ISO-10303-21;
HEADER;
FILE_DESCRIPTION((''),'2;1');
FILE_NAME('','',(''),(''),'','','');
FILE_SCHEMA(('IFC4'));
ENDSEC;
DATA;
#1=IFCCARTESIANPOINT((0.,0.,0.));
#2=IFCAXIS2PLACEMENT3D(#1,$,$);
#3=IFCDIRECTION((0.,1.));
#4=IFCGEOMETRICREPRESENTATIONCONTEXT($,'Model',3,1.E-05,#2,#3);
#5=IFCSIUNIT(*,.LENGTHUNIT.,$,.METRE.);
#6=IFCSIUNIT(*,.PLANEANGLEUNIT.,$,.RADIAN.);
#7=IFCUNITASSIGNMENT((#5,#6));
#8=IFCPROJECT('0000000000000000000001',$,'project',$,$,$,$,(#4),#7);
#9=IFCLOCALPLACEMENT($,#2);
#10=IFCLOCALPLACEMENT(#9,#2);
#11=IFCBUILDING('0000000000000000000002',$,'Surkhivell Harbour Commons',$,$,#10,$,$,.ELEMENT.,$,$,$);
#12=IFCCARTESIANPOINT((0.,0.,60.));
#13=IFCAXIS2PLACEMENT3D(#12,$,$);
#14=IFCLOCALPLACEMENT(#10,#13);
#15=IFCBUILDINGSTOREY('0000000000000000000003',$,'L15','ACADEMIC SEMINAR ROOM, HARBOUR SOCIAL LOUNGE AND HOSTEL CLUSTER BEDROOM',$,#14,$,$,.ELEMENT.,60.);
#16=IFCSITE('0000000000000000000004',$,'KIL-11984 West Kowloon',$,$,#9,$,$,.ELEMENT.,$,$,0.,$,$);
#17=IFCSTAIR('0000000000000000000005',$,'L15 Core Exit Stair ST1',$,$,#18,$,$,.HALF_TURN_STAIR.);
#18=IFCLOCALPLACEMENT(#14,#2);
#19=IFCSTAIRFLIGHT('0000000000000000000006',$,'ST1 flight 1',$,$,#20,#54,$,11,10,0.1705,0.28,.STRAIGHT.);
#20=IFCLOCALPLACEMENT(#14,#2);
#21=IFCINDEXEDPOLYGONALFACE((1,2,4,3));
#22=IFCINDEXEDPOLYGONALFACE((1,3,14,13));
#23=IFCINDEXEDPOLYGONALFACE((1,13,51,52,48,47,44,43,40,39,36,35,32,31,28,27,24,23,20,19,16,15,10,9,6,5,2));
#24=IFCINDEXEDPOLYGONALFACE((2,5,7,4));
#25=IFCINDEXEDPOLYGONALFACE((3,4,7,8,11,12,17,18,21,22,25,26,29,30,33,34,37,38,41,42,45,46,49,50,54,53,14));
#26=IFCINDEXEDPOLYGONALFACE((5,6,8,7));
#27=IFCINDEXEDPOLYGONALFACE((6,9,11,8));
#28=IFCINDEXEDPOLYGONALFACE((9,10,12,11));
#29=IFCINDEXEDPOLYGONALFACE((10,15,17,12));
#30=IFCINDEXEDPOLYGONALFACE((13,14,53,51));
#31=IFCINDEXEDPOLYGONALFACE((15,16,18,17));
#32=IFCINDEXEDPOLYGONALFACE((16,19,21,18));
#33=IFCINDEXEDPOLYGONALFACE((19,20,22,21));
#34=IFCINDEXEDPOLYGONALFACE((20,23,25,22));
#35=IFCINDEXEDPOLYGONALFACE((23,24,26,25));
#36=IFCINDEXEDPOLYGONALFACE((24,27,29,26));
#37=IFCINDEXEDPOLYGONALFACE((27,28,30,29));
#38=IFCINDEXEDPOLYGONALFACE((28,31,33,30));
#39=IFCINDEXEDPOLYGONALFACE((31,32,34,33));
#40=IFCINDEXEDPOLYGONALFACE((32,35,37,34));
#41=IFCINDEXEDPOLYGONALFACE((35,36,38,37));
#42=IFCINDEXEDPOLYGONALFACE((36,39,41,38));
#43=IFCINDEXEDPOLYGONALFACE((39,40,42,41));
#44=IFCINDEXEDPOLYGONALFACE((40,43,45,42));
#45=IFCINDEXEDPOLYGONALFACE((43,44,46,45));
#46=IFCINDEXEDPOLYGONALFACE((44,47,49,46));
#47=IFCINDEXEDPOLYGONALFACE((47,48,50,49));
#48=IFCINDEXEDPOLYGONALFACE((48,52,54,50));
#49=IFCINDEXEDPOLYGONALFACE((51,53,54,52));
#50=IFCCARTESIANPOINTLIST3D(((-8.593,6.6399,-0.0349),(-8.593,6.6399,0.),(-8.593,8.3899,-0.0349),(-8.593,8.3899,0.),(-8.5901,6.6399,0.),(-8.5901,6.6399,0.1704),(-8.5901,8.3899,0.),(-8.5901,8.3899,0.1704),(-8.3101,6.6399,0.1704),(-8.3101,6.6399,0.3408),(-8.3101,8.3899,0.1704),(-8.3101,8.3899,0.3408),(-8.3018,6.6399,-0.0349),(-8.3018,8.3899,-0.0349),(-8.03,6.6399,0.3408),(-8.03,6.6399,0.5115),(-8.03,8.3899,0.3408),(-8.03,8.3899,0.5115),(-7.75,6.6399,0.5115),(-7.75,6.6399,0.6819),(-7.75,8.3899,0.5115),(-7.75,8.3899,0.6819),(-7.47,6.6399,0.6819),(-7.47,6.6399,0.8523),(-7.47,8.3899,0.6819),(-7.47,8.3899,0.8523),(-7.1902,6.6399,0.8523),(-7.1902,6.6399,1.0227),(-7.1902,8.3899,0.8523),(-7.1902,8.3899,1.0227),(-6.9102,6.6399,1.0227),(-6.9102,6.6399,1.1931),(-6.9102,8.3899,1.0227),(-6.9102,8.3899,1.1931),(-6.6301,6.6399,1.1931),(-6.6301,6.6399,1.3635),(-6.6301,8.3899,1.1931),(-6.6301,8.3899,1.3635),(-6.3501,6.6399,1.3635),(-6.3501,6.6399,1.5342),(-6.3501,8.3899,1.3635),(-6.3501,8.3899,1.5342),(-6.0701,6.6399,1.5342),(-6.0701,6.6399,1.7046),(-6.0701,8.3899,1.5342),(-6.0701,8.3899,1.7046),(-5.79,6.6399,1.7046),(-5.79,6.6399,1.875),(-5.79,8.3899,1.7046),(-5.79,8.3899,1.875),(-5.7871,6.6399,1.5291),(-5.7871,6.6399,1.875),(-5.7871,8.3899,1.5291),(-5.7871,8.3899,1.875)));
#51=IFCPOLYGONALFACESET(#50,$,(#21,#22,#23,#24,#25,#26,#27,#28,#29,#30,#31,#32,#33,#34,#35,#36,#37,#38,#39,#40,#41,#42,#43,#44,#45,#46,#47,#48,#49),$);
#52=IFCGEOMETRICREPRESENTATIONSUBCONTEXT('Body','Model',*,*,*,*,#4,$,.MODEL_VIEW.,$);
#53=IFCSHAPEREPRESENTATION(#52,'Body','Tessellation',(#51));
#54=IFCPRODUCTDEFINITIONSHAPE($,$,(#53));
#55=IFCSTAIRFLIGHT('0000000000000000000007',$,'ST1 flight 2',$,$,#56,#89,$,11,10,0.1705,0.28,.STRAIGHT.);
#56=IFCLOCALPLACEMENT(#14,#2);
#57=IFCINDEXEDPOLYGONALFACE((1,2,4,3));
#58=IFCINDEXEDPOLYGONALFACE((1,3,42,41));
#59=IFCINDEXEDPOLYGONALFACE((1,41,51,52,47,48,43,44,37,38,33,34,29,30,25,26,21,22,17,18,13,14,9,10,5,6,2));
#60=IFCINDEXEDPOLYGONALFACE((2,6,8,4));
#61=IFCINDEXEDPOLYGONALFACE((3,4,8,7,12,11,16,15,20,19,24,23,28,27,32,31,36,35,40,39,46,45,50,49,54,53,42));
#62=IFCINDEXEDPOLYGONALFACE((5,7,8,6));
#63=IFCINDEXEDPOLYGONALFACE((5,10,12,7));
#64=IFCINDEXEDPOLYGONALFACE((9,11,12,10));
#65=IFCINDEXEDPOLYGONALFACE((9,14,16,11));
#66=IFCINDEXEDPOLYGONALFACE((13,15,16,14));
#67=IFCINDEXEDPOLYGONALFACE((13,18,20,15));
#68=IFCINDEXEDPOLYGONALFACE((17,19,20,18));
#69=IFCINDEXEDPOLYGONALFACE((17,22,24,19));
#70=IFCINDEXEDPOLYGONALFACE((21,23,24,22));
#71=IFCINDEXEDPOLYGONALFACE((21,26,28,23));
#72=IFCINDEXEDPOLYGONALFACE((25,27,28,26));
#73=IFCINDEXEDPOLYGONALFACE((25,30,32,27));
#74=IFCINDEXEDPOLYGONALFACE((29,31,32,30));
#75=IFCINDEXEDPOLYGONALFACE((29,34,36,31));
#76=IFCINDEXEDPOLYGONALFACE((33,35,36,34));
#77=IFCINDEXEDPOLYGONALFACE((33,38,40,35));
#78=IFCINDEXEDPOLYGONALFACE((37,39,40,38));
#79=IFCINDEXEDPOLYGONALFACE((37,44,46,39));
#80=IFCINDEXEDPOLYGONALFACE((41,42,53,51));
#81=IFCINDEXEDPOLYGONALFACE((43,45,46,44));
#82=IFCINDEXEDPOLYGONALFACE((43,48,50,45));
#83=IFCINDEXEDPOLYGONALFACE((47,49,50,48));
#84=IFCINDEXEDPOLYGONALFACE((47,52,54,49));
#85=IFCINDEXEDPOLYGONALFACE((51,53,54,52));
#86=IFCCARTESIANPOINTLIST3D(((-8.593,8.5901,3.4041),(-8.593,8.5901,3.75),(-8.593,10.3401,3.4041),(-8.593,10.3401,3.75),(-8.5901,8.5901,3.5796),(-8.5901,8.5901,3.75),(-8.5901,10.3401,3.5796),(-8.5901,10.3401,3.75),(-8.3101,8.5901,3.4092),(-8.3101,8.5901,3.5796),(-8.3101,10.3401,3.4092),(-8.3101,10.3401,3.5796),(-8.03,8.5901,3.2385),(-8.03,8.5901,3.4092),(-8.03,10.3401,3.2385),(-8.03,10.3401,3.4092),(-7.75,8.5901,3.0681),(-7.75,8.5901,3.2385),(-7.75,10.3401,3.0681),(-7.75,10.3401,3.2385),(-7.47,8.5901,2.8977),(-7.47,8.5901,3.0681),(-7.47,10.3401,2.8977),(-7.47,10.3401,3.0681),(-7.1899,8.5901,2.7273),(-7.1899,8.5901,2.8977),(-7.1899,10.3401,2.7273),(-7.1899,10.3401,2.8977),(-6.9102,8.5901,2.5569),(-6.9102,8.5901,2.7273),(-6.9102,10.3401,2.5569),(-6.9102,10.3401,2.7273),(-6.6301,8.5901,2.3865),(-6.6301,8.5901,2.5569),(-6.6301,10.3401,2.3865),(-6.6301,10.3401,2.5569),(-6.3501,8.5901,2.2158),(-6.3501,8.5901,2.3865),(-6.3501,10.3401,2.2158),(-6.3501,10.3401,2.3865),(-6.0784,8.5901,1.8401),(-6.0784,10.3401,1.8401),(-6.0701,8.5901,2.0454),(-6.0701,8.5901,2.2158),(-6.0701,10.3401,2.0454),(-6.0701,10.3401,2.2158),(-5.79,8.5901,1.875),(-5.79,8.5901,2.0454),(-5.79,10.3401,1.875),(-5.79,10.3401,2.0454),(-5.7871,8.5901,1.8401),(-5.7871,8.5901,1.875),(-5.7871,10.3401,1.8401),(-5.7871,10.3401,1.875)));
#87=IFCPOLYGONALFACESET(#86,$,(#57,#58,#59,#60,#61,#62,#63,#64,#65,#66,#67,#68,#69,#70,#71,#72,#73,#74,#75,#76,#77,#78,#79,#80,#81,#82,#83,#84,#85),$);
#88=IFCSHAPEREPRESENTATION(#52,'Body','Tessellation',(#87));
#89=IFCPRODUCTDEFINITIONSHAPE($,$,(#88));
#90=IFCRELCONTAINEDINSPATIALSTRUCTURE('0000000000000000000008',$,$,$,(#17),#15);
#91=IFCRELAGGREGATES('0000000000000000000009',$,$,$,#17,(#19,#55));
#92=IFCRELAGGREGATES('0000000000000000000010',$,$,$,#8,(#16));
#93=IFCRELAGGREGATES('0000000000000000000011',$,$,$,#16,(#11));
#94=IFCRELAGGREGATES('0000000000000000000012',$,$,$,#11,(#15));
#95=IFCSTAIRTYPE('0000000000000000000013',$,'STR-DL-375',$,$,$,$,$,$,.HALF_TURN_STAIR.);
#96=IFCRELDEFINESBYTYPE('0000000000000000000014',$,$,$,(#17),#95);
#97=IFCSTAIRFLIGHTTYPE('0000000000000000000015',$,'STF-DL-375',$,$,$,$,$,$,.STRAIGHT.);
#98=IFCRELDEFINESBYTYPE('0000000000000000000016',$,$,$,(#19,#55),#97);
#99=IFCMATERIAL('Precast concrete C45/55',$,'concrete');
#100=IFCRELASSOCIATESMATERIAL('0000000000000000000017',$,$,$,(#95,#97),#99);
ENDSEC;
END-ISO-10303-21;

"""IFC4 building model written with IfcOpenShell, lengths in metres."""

from ifc_helpers import new_model, si_unit, direction, frame, origin, place, context, subcontext, project, spatial, polyline, outline, extrude, material, type_object, element, aggregate, save


model = new_model("IFC4")

# Units and contexts
model_context = context("Model", 3, precision=1e-05, world=origin(), true_north=direction((0.0, 1.0)))
body_context = subcontext(model_context, "Body", "Model", "MODEL_VIEW")
ifc_project = project(units=[si_unit("LENGTHUNIT", "METRE"), si_unit("PLANEANGLEUNIT", "RADIAN")], contexts=[model_context])

# Site, building, storey
site_placement = place(None, origin())
site = spatial("IfcSite", under=ifc_project, at=site_placement, Name="KIL-11984 West Kowloon", CompositionType="ELEMENT", RefElevation=0.0)
building_placement = place(site_placement, origin())
building = spatial("IfcBuilding", under=site, at=building_placement, Name="Surkhivell Harbour Commons", CompositionType="ELEMENT")
storey_placement = place(building_placement, frame((0.0, 0.0, 60.0)))
storey = spatial("IfcBuildingStorey", under=building, at=storey_placement, Name="L15", Description="ACADEMIC SEMINAR ROOM, HARBOUR SOCIAL LOUNGE AND HOSTEL CLUSTER BEDROOM", CompositionType="ELEMENT", Elevation=60.0)

# Stair, stair flights
ifc_material_1 = material(Name="Precast concrete C45/55", Category="concrete")
stair_type = type_object("IfcStairType", Name="STR-DL-375", PredefinedType="HALF_TURN_STAIR", material=ifc_material_1)
stair_placement = place(storey_placement, origin())
stair = element("IfcStair", 1, at=stair_placement, inside=storey, type_object=stair_type, Name="L15 Core Exit Stair ST1", PredefinedType="HALF_TURN_STAIR")
stair_flight_type = type_object("IfcStairFlightType", Name="STF-DL-375", PredefinedType="STRAIGHT", material=ifc_material_1)
stair_flight_1_placement = place(storey_placement, frame((-8.5901, 7.5149, 0.0), z_axis=(0.0, 0.0, 1.0), x_axis=(1.0, 0.0, 0.0)))
stair_flight_1 = element("IfcStairFlight", 2, at=stair_flight_1_placement, type_object=stair_flight_type, Name="ST1 flight 1", NumberOfRisers=11, NumberOfTreads=10, PredefinedType="STRAIGHT", RiserHeight=0.1705, TreadLength=0.28, context=body_context, shape_type="SweptSolid", body=[
    extrude(outline(polyline([(-0.0029, -0.0349), (-0.0029, 0.0), (0.0, 0.0), (0.0, 0.1704), (0.28, 0.1704), (0.28, 0.3408), (0.5601, 0.3408), (0.5601, 0.5115), (0.8401, 0.5115), (0.8401, 0.6819), (1.1201, 0.6819), (1.1201, 0.8523), (1.3999, 0.8523), (1.3999, 1.0227), (1.6799, 1.0227), (1.6799, 1.1931), (1.96, 1.1931), (1.96, 1.3635), (2.24, 1.3635), (2.24, 1.5342), (2.52, 1.5342), (2.52, 1.7046), (2.8, 1.7046), (2.8, 1.875), (2.803, 1.875), (2.803, 1.5291), (0.2883, -0.0349), (-0.0029, -0.0349)])), frame((0.0, 0.875, 0.0), z_axis=(0.0, -1.0, 0.0), x_axis=(1.0, 0.0, 0.0)), (0.0, 0.0, 1.0), 1.75),
])
stair_flight_2_placement = place(storey_placement, frame((-5.79, 9.4651, 1.875), z_axis=(0.0, 0.0, 1.0), x_axis=(-1.0, 0.0, 0.0)))
stair_flight_2 = element("IfcStairFlight", 3, at=stair_flight_2_placement, type_object=stair_flight_type, Name="ST1 flight 2", NumberOfRisers=11, NumberOfTreads=10, PredefinedType="STRAIGHT", RiserHeight=0.1705, TreadLength=0.28, context=body_context, shape_type="SweptSolid", body=[
    extrude(outline(polyline([(-0.0029, -0.0349), (-0.0029, 0.0), (0.0, 0.0), (0.0, 0.1704), (0.28, 0.1704), (0.28, 0.3408), (0.5601, 0.3408), (0.5601, 0.5115), (0.8401, 0.5115), (0.8401, 0.6819), (1.1201, 0.6819), (1.1201, 0.8523), (1.3999, 0.8523), (1.3999, 1.0227), (1.6799, 1.0227), (1.6799, 1.1931), (1.96, 1.1931), (1.96, 1.3635), (2.24, 1.3635), (2.24, 1.5342), (2.52, 1.5342), (2.52, 1.7046), (2.8, 1.7046), (2.8, 1.875), (2.803, 1.875), (2.803, 1.5291), (0.2883, -0.0349), (-0.0029, -0.0349)])), frame((0.0, 0.875, 0.0), z_axis=(0.0, -1.0, 0.0), x_axis=(1.0, 0.0, 0.0)), (0.0, 0.0, 1.0), 1.75),
])
aggregate(stair, [stair_flight_1, stair_flight_2])

save(model, "model.ifc")
